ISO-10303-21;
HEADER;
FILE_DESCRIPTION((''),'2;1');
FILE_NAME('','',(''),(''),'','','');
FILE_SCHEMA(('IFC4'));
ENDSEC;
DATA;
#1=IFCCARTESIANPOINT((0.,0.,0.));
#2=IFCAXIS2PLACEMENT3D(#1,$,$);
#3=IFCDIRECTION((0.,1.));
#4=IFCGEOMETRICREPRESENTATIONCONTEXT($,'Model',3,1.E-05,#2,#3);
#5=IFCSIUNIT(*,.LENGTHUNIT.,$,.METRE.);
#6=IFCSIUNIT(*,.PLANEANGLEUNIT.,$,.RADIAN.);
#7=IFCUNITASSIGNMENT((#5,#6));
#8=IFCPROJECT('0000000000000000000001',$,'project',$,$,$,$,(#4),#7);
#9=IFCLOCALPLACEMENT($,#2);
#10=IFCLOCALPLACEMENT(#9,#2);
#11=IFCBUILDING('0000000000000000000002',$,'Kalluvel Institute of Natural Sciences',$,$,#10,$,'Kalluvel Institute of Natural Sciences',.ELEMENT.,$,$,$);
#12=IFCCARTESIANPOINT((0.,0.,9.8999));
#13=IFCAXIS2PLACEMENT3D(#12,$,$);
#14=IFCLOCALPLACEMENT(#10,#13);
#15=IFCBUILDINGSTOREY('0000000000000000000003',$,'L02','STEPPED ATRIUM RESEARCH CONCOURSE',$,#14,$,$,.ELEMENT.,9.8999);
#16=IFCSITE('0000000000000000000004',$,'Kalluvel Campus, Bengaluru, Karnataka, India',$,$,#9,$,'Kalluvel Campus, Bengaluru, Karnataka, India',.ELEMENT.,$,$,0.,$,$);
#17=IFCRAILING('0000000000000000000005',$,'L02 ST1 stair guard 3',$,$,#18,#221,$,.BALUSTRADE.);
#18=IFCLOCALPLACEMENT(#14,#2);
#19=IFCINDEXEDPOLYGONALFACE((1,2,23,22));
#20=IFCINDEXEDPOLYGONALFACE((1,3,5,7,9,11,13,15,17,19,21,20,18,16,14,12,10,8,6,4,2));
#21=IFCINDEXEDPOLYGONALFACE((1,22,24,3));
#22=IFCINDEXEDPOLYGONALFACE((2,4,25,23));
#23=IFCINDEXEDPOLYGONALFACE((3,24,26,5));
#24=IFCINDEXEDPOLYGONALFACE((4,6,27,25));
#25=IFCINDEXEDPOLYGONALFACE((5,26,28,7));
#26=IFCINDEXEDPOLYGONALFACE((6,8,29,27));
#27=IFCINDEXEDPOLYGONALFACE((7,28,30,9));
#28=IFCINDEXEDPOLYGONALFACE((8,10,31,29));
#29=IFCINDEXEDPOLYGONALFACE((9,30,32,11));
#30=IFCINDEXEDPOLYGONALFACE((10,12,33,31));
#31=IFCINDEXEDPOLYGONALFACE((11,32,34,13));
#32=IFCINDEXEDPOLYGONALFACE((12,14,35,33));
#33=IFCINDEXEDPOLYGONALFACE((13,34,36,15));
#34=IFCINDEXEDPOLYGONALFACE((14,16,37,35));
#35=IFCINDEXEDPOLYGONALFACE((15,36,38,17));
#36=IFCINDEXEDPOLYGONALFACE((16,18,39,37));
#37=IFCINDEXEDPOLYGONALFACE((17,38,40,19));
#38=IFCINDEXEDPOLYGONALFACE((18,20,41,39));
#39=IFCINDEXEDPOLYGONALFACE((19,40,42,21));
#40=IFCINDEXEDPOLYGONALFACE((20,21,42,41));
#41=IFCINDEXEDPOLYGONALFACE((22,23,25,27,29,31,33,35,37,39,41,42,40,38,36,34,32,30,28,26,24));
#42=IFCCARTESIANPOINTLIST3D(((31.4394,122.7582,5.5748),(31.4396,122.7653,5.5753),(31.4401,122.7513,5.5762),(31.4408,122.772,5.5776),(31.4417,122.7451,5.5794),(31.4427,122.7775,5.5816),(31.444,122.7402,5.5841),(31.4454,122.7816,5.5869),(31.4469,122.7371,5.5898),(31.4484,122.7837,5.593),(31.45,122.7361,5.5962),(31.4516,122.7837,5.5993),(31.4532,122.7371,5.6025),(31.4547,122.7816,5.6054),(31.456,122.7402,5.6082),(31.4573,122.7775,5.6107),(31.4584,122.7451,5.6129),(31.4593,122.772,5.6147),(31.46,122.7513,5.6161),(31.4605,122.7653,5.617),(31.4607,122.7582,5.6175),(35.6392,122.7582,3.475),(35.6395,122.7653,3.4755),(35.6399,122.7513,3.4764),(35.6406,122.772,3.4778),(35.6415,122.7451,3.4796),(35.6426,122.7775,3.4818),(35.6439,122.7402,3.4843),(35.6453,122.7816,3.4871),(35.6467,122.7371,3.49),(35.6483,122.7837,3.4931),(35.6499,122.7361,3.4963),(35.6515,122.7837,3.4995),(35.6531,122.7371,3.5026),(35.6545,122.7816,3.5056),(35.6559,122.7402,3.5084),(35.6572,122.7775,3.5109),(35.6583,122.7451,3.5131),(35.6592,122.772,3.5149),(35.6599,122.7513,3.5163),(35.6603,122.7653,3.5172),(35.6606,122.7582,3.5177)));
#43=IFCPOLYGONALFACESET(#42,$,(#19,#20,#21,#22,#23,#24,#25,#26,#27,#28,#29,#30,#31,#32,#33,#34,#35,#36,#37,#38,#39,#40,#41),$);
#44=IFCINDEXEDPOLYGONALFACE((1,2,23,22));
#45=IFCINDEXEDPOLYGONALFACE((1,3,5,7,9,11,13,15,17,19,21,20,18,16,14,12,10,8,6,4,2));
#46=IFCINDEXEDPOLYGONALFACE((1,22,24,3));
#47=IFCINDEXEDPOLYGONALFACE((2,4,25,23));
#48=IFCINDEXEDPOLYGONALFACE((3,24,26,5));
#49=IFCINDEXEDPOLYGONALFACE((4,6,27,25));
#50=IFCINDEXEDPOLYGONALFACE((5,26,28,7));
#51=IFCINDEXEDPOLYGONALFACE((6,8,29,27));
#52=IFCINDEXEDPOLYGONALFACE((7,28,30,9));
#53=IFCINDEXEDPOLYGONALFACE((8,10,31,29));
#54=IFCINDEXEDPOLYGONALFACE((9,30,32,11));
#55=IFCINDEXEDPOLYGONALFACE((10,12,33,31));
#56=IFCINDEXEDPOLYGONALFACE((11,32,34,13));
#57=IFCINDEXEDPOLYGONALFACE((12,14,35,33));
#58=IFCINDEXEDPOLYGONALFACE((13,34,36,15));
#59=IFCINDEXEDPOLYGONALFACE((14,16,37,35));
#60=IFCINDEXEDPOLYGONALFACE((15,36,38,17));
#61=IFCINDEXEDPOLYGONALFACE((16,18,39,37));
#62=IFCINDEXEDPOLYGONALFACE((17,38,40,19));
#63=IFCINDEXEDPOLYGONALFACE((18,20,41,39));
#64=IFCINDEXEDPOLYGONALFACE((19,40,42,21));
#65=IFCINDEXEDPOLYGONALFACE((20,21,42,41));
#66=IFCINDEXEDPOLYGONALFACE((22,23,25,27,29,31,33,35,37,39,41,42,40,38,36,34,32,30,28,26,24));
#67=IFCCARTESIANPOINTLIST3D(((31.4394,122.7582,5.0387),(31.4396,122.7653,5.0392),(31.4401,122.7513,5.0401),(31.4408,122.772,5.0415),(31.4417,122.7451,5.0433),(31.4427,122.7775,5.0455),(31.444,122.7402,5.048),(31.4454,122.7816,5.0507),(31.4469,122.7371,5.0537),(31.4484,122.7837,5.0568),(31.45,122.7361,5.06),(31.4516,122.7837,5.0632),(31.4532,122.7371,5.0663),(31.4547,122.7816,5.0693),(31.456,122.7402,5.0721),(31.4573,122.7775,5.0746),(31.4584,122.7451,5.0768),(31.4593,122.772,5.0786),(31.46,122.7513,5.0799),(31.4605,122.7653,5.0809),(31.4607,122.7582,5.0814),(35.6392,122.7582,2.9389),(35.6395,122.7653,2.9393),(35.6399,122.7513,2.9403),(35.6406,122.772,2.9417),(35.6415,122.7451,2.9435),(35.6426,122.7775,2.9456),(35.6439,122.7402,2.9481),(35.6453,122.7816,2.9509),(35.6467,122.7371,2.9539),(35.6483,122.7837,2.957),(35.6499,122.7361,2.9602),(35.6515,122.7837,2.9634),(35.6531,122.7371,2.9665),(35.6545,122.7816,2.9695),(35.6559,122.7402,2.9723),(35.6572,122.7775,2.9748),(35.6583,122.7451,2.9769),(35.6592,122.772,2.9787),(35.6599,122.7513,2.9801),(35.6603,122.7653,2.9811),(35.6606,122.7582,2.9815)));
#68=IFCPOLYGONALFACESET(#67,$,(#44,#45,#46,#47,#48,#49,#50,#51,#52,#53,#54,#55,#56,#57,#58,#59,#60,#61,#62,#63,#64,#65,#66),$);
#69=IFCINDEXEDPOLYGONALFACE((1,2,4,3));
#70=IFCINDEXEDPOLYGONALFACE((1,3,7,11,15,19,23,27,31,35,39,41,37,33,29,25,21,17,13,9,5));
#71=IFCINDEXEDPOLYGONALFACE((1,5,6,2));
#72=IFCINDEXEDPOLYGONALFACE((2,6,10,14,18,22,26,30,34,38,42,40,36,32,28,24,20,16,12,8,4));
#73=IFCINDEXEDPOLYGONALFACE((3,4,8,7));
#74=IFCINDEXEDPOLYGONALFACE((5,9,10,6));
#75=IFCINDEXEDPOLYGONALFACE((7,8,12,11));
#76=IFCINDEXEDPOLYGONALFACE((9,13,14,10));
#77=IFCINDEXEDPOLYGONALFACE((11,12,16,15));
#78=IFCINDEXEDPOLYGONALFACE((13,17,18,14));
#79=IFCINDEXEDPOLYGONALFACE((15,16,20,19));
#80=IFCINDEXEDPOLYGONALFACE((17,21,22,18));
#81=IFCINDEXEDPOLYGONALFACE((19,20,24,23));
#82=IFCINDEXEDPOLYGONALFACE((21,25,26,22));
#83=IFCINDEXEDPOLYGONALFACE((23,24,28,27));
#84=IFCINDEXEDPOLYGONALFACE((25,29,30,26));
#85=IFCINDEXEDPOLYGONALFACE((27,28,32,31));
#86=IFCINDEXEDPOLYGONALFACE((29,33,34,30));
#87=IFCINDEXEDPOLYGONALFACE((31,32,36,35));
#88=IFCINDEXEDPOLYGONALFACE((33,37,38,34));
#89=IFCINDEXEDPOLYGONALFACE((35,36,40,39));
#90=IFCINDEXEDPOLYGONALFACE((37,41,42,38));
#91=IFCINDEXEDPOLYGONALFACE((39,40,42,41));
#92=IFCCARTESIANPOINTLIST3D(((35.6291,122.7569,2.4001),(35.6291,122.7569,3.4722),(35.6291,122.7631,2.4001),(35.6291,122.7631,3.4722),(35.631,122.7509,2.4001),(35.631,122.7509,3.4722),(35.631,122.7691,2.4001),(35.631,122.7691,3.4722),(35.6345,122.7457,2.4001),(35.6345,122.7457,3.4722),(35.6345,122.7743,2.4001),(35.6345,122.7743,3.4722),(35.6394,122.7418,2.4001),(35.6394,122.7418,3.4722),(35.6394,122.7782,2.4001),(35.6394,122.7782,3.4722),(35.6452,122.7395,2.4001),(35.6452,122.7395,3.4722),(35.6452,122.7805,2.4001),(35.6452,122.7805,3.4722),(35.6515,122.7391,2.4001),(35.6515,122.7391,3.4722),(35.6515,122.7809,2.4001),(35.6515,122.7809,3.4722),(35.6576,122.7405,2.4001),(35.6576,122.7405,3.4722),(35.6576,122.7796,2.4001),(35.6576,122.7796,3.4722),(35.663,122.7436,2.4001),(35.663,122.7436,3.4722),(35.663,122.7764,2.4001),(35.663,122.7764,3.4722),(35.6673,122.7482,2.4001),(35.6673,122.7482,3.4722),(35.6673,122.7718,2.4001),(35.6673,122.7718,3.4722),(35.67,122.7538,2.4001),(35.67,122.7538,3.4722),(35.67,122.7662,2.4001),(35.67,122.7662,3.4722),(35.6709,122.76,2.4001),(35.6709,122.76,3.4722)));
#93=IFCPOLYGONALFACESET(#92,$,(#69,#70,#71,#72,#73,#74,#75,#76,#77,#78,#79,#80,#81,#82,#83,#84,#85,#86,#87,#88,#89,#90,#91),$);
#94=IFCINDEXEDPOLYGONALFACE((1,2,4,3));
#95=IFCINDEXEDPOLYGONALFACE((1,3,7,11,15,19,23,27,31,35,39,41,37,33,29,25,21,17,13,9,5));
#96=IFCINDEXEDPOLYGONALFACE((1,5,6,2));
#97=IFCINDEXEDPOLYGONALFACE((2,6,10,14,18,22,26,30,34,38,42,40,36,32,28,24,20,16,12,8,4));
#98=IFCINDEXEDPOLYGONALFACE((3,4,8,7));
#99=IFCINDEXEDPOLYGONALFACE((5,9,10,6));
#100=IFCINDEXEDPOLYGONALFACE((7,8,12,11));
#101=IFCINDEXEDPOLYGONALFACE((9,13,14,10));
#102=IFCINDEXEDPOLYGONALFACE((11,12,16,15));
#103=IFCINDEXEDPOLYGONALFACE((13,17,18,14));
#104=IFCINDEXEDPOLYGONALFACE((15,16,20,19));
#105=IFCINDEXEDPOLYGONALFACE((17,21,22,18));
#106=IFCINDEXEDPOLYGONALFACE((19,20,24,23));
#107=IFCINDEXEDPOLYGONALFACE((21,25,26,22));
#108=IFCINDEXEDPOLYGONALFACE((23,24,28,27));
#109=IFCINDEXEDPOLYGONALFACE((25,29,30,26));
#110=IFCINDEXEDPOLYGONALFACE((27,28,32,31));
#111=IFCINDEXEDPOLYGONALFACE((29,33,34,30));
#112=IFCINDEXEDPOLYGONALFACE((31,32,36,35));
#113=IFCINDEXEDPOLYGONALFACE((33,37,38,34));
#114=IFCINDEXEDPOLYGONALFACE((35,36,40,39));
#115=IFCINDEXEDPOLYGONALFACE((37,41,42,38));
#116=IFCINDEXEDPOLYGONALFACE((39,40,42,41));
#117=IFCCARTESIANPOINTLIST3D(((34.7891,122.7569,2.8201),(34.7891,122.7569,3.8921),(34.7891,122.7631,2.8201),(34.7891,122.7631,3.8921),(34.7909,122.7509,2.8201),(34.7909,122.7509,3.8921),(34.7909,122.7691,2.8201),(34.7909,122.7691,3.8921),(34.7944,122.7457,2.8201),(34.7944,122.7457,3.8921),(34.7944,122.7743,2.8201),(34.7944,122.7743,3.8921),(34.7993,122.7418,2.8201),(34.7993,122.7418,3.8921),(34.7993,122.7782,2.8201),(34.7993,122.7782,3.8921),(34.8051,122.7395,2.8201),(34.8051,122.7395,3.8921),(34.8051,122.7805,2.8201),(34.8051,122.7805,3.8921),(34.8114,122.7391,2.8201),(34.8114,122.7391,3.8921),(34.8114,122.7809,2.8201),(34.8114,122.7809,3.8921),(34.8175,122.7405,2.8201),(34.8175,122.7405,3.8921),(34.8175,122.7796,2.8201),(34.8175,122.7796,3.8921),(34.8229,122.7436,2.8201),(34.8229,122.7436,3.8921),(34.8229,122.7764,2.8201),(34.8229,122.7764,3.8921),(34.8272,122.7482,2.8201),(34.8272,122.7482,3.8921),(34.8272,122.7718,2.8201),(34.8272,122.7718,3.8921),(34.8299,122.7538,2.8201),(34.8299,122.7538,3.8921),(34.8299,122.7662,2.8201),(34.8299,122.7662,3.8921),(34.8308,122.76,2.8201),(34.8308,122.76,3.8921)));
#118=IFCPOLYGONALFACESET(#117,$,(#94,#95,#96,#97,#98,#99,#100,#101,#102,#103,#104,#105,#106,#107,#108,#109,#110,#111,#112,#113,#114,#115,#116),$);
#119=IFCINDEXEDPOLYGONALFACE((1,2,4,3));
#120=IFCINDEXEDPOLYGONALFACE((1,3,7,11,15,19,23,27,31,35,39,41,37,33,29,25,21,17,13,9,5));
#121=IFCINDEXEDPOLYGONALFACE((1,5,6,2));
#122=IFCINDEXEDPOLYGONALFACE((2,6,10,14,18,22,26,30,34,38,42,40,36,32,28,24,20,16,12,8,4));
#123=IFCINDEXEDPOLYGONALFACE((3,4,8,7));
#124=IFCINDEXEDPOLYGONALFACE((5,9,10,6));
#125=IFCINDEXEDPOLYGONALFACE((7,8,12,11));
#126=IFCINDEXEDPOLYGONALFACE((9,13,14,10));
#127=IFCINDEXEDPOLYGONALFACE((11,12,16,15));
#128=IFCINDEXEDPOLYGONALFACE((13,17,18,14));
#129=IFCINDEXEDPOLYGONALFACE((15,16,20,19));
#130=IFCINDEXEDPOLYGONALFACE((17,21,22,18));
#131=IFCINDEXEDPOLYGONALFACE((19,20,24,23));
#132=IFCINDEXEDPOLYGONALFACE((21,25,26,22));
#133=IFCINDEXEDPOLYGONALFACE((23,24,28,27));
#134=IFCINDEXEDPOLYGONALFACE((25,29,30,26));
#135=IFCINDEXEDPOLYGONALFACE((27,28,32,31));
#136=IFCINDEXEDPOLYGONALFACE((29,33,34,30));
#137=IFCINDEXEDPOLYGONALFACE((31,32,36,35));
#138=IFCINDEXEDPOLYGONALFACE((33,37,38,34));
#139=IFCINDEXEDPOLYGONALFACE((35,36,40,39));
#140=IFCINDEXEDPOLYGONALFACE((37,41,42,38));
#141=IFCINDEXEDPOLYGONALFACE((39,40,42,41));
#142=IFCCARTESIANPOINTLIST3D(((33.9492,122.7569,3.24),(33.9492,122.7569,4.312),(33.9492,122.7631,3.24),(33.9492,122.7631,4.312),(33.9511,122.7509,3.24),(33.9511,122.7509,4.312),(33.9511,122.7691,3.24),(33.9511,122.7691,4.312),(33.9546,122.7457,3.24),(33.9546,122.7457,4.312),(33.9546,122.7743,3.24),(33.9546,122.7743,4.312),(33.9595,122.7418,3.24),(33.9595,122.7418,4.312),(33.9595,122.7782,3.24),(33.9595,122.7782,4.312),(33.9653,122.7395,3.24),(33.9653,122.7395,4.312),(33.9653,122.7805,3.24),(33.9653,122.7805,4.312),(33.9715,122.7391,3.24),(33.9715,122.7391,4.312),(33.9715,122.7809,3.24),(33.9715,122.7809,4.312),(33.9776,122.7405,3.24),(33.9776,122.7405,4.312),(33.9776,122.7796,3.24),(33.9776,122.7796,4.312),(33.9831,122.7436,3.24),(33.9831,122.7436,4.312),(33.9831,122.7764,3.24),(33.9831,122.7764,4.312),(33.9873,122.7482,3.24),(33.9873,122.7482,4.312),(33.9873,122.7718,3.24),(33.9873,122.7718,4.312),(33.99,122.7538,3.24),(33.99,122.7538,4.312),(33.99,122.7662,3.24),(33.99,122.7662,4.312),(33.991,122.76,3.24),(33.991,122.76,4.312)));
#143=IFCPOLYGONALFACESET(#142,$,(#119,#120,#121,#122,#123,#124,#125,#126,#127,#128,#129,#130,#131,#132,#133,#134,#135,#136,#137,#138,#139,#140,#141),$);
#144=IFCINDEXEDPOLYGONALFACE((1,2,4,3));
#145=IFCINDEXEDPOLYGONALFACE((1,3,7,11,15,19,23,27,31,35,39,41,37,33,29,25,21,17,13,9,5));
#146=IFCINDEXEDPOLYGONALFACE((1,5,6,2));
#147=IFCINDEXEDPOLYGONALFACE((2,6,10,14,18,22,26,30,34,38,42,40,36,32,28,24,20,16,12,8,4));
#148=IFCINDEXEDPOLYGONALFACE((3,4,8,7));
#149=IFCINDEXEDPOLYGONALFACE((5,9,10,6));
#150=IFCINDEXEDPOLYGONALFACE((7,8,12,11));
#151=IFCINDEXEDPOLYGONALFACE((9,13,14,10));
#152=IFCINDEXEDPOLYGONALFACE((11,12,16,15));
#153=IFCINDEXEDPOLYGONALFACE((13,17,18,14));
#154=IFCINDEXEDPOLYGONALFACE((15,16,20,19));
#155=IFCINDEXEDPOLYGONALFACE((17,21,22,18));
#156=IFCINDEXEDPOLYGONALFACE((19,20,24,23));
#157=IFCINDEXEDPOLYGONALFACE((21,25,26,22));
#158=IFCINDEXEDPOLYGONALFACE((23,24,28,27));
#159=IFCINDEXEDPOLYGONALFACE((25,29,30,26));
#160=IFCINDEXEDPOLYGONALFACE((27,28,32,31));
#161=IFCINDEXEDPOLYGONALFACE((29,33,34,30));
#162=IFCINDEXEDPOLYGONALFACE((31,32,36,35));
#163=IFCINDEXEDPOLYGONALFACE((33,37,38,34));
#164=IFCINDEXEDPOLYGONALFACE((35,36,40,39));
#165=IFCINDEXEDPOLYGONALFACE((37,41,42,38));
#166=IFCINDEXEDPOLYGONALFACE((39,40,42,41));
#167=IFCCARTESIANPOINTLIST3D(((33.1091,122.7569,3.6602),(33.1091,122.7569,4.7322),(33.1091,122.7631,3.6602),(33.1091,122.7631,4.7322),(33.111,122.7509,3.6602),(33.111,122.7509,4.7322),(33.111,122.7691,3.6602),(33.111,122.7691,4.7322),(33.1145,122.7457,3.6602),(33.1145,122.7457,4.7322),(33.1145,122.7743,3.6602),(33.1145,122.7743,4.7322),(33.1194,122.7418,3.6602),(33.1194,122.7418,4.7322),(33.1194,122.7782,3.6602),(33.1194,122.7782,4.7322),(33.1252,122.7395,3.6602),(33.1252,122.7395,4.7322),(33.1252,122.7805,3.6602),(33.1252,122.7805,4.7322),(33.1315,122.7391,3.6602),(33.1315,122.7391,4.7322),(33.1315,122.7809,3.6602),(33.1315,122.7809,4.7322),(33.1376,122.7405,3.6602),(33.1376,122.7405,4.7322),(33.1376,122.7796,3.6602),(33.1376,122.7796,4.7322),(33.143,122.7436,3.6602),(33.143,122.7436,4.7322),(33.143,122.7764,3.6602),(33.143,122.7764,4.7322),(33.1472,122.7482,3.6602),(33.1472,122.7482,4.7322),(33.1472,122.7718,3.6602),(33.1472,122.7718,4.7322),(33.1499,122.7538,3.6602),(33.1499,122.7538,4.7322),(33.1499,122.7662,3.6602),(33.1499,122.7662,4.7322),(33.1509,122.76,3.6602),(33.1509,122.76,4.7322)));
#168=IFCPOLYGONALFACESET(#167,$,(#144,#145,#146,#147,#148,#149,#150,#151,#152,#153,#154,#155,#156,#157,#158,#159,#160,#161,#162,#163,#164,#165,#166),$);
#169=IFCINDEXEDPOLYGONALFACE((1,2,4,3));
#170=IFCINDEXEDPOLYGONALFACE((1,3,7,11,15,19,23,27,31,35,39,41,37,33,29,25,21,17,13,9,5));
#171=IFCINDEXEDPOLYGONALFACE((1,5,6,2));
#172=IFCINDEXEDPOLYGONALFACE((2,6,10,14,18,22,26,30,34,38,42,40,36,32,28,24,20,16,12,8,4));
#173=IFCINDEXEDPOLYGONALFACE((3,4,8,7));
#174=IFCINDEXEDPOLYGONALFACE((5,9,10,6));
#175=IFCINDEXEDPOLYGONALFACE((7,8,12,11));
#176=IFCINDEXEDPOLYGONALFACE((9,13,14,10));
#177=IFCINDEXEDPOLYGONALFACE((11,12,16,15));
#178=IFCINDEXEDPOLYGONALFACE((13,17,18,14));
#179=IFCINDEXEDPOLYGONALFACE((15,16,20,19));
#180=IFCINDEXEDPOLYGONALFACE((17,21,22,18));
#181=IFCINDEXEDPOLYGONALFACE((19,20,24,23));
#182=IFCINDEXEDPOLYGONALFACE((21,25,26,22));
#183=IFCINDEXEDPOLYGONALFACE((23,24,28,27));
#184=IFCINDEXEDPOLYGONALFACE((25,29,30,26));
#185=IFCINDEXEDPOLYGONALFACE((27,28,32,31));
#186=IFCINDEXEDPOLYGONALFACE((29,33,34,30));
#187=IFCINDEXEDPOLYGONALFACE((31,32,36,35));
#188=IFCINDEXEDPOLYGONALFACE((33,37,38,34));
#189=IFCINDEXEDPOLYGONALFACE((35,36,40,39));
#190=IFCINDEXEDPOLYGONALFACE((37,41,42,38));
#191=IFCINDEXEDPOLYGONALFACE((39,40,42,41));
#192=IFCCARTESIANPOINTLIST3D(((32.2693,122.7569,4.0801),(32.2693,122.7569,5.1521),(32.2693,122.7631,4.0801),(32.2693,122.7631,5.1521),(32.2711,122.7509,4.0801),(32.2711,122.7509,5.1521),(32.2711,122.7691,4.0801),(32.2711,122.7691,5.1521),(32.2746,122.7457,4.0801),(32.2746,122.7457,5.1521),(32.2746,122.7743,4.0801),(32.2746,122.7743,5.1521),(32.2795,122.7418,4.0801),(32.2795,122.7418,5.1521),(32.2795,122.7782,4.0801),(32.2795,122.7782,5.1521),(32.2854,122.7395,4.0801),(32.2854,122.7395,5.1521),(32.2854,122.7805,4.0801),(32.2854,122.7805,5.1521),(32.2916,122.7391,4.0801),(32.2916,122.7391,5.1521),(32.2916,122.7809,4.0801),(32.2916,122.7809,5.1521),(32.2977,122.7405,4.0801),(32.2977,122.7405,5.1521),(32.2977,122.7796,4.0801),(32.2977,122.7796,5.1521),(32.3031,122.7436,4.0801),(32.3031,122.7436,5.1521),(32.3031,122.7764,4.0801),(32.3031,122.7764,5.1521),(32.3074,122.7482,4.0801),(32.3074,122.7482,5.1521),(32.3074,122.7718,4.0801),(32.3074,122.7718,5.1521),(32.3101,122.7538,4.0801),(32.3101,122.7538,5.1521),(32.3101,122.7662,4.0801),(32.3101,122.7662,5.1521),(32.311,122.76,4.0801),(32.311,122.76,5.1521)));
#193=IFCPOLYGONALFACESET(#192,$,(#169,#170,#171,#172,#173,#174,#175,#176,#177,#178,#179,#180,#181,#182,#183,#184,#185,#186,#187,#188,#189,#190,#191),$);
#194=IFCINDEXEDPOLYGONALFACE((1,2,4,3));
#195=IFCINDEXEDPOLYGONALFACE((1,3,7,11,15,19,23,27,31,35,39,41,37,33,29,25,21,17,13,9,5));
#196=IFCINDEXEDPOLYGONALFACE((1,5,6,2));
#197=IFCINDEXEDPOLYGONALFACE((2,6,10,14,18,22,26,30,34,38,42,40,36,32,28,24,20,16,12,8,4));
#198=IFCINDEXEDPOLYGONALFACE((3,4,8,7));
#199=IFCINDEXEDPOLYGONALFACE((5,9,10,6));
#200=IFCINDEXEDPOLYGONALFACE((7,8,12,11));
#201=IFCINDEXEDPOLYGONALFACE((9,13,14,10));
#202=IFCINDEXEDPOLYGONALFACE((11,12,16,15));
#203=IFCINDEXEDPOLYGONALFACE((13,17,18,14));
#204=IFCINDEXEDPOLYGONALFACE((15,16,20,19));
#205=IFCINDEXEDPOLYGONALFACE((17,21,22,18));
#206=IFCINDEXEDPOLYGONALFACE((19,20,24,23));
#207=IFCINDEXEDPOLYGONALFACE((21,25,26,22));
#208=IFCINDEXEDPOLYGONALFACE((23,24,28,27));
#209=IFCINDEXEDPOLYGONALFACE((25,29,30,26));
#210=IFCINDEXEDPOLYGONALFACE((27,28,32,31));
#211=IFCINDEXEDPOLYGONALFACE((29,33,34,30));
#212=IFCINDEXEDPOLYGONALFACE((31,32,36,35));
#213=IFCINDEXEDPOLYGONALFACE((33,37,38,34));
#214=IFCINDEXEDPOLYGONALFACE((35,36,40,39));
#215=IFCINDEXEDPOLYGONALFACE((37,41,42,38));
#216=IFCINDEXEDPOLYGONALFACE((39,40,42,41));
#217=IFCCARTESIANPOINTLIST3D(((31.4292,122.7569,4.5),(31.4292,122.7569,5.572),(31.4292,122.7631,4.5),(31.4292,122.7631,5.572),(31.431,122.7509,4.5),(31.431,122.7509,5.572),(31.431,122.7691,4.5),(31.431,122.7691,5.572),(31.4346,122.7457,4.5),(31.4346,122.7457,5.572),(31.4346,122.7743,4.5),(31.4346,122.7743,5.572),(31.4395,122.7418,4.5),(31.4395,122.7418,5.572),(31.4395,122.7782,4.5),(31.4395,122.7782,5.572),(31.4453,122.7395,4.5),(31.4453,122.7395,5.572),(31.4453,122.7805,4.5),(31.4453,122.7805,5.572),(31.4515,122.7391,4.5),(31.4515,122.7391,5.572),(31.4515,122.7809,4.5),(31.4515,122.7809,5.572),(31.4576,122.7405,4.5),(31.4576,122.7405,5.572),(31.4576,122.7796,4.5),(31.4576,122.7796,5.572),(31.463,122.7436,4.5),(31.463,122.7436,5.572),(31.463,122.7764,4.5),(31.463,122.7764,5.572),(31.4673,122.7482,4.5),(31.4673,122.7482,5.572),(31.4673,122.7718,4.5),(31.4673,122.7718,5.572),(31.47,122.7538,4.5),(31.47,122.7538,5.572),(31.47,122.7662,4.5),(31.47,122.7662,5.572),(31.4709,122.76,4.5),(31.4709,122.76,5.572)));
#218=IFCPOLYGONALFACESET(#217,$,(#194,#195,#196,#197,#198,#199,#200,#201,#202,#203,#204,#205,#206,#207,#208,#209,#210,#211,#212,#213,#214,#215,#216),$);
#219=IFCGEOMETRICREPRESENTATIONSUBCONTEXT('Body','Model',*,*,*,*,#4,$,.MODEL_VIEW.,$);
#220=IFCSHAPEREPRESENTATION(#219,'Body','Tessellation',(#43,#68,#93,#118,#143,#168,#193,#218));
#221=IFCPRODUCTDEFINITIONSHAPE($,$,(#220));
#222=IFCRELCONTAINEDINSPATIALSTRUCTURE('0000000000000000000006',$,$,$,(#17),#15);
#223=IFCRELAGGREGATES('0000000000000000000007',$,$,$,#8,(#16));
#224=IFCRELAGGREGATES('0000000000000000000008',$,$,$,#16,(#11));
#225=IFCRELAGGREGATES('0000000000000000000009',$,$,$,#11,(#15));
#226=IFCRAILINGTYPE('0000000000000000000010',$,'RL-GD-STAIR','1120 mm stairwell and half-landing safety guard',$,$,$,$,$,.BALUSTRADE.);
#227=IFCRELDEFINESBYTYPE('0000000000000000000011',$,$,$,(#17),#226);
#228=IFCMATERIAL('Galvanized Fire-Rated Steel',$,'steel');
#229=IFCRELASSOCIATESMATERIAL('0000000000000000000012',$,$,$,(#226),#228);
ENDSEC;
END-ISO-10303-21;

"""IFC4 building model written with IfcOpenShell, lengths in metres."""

from ifc_helpers import new_model, si_unit, direction, frame, origin, origin_2d, place, context, subcontext, project, spatial, circle, extrude, material, type_object, element, save


model = new_model("IFC4")

# Units and contexts
model_context = context("Model", 3, precision=1e-05, world=origin(), true_north=direction((0.0, 1.0)))
body_context = subcontext(model_context, "Body", "Model", "MODEL_VIEW")
ifc_project = project(units=[si_unit("LENGTHUNIT", "METRE"), si_unit("PLANEANGLEUNIT", "RADIAN")], contexts=[model_context])

# Site, building, storey
site_placement = place(None, origin())
site = spatial("IfcSite", under=ifc_project, at=site_placement, Name="Kalluvel Campus, Bengaluru, Karnataka, India", LongName="Kalluvel Campus, Bengaluru, Karnataka, India", CompositionType="ELEMENT", RefElevation=0.0)
building_placement = place(site_placement, origin())
building = spatial("IfcBuilding", under=site, at=building_placement, Name="Kalluvel Institute of Natural Sciences", LongName="Kalluvel Institute of Natural Sciences", CompositionType="ELEMENT")
storey_placement = place(building_placement, frame((0.0, 0.0, 9.8999)))
storey = spatial("IfcBuildingStorey", under=building, at=storey_placement, Name="L02", Description="STEPPED ATRIUM RESEARCH CONCOURSE", CompositionType="ELEMENT", Elevation=9.8999)

# Shared definitions
ifc_material_1 = material(Name="Galvanized Fire-Rated Steel", Category="steel")

# Railing
railing_type_1 = type_object("IfcRailingType", Name="RL-GD-STAIR", Description="1120 mm stairwell and half-landing safety guard", PredefinedType="BALUSTRADE", material=ifc_material_1)
railing_1_placement = place(storey_placement, frame((35.6499, 122.76, 2.4001)))
element("IfcRailing", 1, at=railing_1_placement, inside=storey, type_object=railing_type_1, Name="L02 ST1 stair guard 3", PredefinedType="BALUSTRADE", context=body_context, shape_type="SweptSolid", body=[
    extrude(circle(Radius=0.0239, at=origin_2d()), frame((0.0, 0.0, 1.0962), z_axis=(-0.894438, 0.0, 0.447193), x_axis=(0.0, -1.0, 0.0)), (0.0, 0.0, 1.0), 4.6956),
    extrude(circle(Radius=0.0239, at=origin_2d()), frame((0.0, 0.0, 0.5601), z_axis=(-0.894438, 0.0, 0.447193), x_axis=(0.0, -1.0, 0.0)), (0.0, 0.0, 1.0), 4.6956),
    extrude(circle(Radius=0.021, at=origin_2d()), origin(), (0.0, 0.0, 1.0), 1.072),
    extrude(circle(Radius=0.021, at=origin_2d()), frame((-0.8401, 0.0, 0.4199)), (0.0, 0.0, 1.0), 1.072),
    extrude(circle(Radius=0.021, at=origin_2d()), frame((-1.6799, 0.0, 0.8398)), (0.0, 0.0, 1.0), 1.072),
    extrude(circle(Radius=0.021, at=origin_2d()), frame((-2.52, 0.0, 1.26)), (0.0, 0.0, 1.0), 1.072),
    extrude(circle(Radius=0.021, at=origin_2d()), frame((-3.3599, 0.0, 1.6799)), (0.0, 0.0, 1.0), 1.072),
    extrude(circle(Radius=0.021, at=origin_2d()), frame((-4.2, 0.0, 2.0999)), (0.0, 0.0, 1.0), 1.072),
])

save(model, "model.ifc")
